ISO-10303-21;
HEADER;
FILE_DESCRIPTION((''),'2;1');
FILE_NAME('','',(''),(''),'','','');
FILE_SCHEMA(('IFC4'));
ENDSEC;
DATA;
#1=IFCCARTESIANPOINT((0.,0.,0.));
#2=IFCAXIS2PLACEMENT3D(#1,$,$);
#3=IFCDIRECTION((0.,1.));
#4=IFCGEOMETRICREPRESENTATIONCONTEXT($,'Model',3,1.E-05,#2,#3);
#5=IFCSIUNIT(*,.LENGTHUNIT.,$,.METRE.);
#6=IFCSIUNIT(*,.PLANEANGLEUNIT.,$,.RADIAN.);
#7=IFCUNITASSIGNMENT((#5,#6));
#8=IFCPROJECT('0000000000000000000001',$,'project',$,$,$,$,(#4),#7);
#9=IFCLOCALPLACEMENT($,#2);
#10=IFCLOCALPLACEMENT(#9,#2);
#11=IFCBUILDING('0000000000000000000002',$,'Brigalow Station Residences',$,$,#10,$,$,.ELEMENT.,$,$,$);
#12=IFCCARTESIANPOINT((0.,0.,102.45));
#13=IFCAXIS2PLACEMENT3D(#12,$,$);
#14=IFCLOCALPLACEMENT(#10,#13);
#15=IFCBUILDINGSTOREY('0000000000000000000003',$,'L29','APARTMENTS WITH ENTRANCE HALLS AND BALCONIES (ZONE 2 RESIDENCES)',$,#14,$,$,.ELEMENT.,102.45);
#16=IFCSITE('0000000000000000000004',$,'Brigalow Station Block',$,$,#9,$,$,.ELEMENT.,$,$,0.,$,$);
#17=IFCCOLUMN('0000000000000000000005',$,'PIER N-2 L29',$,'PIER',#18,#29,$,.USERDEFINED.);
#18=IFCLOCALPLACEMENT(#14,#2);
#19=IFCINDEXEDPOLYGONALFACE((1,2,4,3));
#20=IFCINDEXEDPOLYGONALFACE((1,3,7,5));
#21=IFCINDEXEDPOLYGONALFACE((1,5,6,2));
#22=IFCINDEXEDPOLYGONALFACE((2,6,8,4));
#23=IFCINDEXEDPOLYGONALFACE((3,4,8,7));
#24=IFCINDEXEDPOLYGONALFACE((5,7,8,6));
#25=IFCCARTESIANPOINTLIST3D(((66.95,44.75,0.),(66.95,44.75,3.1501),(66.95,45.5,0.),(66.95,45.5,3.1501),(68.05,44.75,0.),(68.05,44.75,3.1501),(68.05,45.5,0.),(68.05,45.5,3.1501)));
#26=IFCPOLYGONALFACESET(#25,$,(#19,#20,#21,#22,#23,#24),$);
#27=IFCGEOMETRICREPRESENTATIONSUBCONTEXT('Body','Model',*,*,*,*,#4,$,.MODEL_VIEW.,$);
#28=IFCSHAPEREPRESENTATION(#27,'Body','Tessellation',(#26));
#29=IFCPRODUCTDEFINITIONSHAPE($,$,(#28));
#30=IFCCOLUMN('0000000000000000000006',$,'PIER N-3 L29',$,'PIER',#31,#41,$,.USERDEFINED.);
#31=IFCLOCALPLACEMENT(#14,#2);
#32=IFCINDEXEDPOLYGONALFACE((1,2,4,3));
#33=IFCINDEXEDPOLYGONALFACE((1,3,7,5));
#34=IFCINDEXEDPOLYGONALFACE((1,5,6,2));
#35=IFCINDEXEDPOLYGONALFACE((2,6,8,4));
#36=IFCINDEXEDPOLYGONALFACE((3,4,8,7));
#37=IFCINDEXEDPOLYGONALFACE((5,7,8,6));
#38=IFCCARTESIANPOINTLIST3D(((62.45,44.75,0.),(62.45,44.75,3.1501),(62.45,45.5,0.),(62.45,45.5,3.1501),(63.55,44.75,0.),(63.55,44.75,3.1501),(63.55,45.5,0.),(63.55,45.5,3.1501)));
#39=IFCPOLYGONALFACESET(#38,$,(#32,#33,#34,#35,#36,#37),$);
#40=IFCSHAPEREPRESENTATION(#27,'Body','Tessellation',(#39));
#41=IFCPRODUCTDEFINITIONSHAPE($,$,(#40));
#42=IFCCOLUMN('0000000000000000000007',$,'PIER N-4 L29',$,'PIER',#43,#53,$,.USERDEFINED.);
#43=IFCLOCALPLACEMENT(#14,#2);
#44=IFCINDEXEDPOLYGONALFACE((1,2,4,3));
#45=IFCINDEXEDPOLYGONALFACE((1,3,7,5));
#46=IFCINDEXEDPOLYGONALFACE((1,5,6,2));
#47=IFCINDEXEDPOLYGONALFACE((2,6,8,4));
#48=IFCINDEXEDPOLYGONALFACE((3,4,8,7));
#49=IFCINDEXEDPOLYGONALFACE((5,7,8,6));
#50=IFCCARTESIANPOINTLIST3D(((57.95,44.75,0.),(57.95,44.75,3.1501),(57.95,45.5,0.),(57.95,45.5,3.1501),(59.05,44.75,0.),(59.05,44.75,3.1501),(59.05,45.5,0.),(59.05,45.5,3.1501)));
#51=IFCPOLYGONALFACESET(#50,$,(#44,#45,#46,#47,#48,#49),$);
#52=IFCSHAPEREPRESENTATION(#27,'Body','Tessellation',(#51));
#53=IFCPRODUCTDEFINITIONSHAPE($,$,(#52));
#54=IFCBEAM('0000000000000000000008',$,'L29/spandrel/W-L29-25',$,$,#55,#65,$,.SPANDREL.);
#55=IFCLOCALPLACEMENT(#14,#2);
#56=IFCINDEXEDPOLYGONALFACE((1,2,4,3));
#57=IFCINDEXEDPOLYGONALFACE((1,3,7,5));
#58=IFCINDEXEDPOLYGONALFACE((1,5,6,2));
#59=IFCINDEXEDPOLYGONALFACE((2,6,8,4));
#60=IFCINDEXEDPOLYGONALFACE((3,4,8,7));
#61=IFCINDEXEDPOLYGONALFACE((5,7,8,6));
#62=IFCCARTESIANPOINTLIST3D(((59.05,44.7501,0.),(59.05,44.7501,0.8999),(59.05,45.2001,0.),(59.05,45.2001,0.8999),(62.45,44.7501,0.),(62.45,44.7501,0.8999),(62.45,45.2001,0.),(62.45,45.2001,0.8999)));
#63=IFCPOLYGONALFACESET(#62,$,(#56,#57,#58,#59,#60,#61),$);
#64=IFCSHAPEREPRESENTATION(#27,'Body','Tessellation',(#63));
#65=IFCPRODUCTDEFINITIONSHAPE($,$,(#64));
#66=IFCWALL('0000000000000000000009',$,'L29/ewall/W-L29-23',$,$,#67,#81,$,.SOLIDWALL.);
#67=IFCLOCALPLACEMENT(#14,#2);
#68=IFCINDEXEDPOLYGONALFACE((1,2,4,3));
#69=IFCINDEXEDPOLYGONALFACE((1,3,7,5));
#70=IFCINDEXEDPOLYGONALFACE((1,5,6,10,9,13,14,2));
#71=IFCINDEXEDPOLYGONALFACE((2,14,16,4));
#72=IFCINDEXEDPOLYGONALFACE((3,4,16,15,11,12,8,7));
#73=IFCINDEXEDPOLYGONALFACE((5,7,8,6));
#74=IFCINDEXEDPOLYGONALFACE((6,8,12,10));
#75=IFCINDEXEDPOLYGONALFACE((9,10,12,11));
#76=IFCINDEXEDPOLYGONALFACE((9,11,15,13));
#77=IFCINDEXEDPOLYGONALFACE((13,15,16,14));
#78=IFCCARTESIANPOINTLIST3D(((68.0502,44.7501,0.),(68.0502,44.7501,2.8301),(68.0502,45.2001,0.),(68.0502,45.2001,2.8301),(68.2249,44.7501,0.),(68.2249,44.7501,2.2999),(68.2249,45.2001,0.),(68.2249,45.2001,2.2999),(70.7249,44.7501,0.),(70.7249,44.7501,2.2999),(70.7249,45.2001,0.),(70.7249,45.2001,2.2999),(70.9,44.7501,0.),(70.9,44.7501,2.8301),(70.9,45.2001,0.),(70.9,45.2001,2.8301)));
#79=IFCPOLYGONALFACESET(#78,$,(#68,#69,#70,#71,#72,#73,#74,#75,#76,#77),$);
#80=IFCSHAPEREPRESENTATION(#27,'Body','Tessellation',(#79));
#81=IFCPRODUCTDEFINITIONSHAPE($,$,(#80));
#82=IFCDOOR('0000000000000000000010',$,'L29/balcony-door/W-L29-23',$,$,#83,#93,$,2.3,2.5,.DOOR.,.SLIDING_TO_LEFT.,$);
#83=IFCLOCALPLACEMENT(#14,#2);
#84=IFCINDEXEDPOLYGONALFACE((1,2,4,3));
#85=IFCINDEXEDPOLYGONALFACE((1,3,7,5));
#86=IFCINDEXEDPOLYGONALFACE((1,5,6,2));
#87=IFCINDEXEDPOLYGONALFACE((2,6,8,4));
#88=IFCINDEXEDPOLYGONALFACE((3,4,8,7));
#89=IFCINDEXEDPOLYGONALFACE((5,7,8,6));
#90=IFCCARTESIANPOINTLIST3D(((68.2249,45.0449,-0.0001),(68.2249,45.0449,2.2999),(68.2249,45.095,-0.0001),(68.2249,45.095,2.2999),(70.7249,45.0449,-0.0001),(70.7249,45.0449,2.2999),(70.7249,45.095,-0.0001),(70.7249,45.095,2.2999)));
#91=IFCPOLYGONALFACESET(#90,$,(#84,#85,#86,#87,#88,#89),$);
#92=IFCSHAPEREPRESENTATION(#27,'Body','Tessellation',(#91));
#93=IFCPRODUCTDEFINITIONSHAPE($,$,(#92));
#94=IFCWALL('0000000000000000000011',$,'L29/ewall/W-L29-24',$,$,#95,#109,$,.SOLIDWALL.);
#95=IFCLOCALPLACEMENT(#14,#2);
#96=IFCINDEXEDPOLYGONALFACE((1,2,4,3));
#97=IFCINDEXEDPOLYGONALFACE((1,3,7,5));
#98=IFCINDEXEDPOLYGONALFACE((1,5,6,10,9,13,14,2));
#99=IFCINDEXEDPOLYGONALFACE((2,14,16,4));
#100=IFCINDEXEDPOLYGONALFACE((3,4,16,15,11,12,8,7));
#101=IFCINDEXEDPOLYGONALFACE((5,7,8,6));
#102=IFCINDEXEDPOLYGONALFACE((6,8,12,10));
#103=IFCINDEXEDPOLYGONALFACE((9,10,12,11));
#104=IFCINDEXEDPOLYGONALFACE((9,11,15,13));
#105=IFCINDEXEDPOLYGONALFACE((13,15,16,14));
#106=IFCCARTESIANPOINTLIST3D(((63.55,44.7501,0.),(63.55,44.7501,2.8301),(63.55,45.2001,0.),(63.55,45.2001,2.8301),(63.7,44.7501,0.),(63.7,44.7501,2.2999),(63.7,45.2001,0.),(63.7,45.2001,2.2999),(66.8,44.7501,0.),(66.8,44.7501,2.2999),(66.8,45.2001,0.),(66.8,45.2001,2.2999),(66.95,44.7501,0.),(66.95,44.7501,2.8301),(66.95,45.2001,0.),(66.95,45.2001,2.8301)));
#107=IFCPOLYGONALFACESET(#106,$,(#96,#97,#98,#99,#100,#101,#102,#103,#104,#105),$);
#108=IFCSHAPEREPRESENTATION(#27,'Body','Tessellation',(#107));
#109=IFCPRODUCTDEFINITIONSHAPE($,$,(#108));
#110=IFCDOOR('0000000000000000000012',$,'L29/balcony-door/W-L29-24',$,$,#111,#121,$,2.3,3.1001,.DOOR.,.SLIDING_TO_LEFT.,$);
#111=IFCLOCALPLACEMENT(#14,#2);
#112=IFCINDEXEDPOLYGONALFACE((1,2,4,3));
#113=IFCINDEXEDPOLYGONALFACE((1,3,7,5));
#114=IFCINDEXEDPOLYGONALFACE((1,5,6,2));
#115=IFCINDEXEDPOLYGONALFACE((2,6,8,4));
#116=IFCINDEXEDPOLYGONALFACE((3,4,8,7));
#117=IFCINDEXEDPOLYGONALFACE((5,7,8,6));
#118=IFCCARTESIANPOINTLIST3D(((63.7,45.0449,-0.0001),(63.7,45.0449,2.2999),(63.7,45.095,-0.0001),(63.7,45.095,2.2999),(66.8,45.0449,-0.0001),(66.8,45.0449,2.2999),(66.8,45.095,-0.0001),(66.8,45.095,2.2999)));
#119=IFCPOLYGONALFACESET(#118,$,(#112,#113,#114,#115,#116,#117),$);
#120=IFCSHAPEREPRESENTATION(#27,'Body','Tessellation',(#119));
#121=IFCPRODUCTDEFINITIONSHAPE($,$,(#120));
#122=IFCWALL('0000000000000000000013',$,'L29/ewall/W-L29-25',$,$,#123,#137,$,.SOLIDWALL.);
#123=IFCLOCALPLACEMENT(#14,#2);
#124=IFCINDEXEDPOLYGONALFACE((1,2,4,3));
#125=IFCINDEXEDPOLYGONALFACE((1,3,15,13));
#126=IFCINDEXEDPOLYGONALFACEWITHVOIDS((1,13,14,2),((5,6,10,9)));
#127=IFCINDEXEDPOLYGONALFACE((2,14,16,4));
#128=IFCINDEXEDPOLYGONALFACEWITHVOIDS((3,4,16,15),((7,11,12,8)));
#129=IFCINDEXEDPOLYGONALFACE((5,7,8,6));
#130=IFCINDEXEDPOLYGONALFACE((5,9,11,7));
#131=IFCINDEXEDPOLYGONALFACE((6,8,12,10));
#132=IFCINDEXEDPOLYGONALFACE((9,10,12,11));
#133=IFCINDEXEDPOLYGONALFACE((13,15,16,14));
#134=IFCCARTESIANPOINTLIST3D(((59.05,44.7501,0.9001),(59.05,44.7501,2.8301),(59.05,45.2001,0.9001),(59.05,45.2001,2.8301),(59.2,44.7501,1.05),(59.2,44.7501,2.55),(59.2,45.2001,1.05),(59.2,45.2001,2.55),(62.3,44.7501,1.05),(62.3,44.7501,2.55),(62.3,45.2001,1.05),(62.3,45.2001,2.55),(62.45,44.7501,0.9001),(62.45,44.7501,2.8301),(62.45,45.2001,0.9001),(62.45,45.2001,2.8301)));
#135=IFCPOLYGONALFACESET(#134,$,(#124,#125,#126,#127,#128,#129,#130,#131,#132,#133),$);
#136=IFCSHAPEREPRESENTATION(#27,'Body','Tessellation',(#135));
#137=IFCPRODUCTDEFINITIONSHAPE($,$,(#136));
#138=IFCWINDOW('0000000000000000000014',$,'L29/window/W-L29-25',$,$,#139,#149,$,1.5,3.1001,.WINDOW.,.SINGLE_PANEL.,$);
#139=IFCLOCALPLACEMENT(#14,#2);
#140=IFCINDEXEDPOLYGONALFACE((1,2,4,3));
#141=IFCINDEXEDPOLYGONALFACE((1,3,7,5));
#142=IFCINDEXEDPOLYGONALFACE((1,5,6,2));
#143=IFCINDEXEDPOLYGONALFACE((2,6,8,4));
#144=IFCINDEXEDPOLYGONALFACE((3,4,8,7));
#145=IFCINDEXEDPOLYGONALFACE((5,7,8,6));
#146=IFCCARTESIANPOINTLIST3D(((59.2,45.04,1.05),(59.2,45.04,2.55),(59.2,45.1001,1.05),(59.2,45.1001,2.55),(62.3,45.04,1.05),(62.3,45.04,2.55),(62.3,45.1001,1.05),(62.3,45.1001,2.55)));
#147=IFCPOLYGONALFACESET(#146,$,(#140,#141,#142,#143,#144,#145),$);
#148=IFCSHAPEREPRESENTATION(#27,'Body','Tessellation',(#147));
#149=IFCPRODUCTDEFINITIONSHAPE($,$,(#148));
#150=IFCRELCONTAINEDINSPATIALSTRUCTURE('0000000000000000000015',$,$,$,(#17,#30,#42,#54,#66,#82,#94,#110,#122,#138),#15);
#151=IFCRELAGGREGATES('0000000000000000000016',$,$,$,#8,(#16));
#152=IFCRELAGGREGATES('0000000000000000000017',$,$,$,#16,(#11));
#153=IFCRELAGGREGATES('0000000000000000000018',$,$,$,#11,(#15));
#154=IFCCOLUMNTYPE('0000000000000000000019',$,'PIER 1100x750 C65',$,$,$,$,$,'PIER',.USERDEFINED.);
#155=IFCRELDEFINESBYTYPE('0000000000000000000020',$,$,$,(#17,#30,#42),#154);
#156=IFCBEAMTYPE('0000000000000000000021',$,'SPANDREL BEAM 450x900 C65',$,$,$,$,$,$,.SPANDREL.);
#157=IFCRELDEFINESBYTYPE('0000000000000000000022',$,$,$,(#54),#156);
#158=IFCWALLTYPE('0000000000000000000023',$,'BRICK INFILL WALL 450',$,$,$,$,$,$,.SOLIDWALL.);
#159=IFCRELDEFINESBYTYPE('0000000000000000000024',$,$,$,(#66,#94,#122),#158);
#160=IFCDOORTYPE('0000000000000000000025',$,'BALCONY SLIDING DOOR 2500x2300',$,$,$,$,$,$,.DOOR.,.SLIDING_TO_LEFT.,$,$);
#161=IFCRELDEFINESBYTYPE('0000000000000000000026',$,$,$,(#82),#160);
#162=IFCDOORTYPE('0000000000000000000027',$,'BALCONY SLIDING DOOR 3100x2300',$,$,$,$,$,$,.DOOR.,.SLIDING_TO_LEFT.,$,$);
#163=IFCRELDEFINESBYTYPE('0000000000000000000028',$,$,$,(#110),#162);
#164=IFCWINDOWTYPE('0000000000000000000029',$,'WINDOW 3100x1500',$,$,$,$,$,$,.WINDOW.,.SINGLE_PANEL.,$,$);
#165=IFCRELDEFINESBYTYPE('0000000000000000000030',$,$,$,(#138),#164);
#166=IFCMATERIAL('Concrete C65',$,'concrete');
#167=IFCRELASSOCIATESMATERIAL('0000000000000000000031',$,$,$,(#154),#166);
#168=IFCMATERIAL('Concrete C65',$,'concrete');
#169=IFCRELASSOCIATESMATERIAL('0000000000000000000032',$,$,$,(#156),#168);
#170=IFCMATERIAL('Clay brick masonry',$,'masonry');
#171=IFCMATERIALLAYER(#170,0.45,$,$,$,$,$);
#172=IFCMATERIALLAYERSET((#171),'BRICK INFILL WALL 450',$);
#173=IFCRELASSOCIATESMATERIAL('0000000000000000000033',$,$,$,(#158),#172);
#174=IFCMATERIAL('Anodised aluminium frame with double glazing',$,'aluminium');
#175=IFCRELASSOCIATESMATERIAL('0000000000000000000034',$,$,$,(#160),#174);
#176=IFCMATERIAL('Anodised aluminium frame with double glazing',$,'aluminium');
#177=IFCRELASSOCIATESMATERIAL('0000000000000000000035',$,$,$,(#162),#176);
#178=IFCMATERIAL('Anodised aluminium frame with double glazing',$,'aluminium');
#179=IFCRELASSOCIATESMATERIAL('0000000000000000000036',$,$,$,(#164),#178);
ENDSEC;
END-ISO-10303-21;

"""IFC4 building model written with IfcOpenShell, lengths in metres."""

from ifc_helpers import new_model, si_unit, direction, frame, frame_2d, origin, origin_2d, place, context, subcontext, project, spatial, rectangle, extrude, material, layer, layer_set, material_profile, profile_set, type_object, element, fill, save


model = new_model("IFC4")

# Units and contexts
model_context = context("Model", 3, precision=1e-05, world=origin(), true_north=direction((0.0, 1.0)))
body_context = subcontext(model_context, "Body", "Model", "MODEL_VIEW")
ifc_project = project(units=[si_unit("LENGTHUNIT", "METRE"), si_unit("PLANEANGLEUNIT", "RADIAN")], contexts=[model_context])

# Site, building, storey
site_placement = place(None, origin())
site = spatial("IfcSite", under=ifc_project, at=site_placement, Name="Brigalow Station Block", CompositionType="ELEMENT", RefElevation=0.0)
building_placement = place(site_placement, origin())
building = spatial("IfcBuilding", under=site, at=building_placement, Name="Brigalow Station Residences", CompositionType="ELEMENT")
storey_placement = place(building_placement, frame((0.0, 0.0, 102.45)))
storey = spatial("IfcBuildingStorey", under=building, at=storey_placement, Name="L29", Description="APARTMENTS WITH ENTRANCE HALLS AND BALCONIES (ZONE 2 RESIDENCES)", CompositionType="ELEMENT", Elevation=102.45)

# Columns
ifc_material_1 = material(Name="Concrete C65", Category="concrete")
ifc_material_profile_1 = material_profile(ifc_material_1, rectangle(XDim=1.1001, YDim=0.75, at=origin_2d()), Name="RC1100x750")
ifc_profile_set_1 = profile_set([ifc_material_profile_1], Name="Concrete C65")
column_type = type_object("IfcColumnType", Name="PIER 1100x750 C65", ElementType="PIER", PredefinedType="USERDEFINED", material=ifc_profile_set_1)
for number, where, z_axis, x_axis, name in (
    (1, (67.5, 45.125, 0.0), (0.0, 0.0, 1.0), (-1.0, 0.0, 0.0), "PIER N-2 L29"),
    (2, (63.0, 45.125, 0.0), (0.0, 0.0, 1.0), (-1.0, 0.0, 0.0), "PIER N-3 L29"),
    (3, (58.5, 45.125, 0.0), (0.0, 0.0, 1.0), (-1.0, 0.0, 0.0), "PIER N-4 L29"),
):
    element("IfcColumn", number, at=place(storey_placement, frame(where, z_axis=z_axis, x_axis=x_axis)), inside=storey, type_object=column_type, Name=name, ObjectType="PIER", PredefinedType="USERDEFINED", context=body_context, shape_type="SweptSolid", body=[
        extrude(rectangle(XDim=1.1001, YDim=0.75, at=origin_2d()), origin(), (0.0, 0.0, 1.0), 3.1501),
    ])

# Beam
ifc_material_2 = material(Name="Concrete C65", Category="concrete")
ifc_material_profile_2 = material_profile(ifc_material_2, rectangle(XDim=0.45, YDim=0.8999, at=origin_2d()), Name="RC450x900")
ifc_profile_set_2 = profile_set([ifc_material_profile_2], Name="Concrete C65")
beam_type = type_object("IfcBeamType", Name="SPANDREL BEAM 450x900 C65", PredefinedType="SPANDREL", material=ifc_profile_set_2)
beam_placement = place(storey_placement, frame((62.45, 44.9751, 0.45), z_axis=(-1.0, 0.0, 0.0), x_axis=(0.0, -1.0, 0.0)))
element("IfcBeam", 4, at=beam_placement, inside=storey, type_object=beam_type, Name="L29/spandrel/W-L29-25", PredefinedType="SPANDREL", context=body_context, shape_type="SweptSolid", body=[
    extrude(rectangle(XDim=0.45, YDim=0.8999, at=origin_2d()), origin(), (0.0, 0.0, 1.0), 3.3999),
])

# Walls, openings, doors
ifc_material_3 = material(Name="Clay brick masonry", Category="masonry")
ifc_layer_1 = layer(ifc_material_3, 0.45)
ifc_layer_set_1 = layer_set([ifc_layer_1], Name="BRICK INFILL WALL 450")
wall_type_1 = type_object("IfcWallType", Name="BRICK INFILL WALL 450", PredefinedType="SOLIDWALL", material=ifc_layer_set_1)
wall_1_placement = place(storey_placement, frame((70.8999, 44.9751, 0.0), z_axis=(0.0, 0.0, 1.0), x_axis=(-1.0, 0.0, 0.0)))
wall_1 = element("IfcWall", 5, at=wall_1_placement, inside=storey, type_object=wall_type_1, Name="L29/ewall/W-L29-23", PredefinedType="SOLIDWALL", context=body_context, shape_type="SweptSolid", body=[
    extrude(rectangle(XDim=2.8499, YDim=0.45, at=frame_2d((1.4248, 0.0))), origin(), (0.0, 0.0, 1.0), 2.8301),
])
opening_1_placement = place(wall_1_placement, frame((0.175, 0.0, 0.0)))
opening_1 = element("IfcOpeningElement", 6, at=opening_1_placement, cuts=wall_1, PredefinedType="OPENING", context=body_context, shape_type="SweptSolid", body=[
    extrude(rectangle(XDim=2.5, YDim=2.3, at=frame_2d((1.25, 1.1499))), frame((0.0, 0.2349, 0.0), z_axis=(0.0, -1.0, 0.0), x_axis=(1.0, 0.0, 0.0)), (0.0, 0.0, 1.0), 0.47),
])
ifc_material_4 = material(Name="Anodised aluminium frame with double glazing", Category="aluminium")
door_type_1 = type_object("IfcDoorType", Name="BALCONY SLIDING DOOR 2500x2300", OperationType="SLIDING_TO_LEFT", PredefinedType="DOOR", material=ifc_material_4)
door_1_placement = place(opening_1_placement, origin())
door_1 = element("IfcDoor", 7, at=door_1_placement, inside=storey, type_object=door_type_1, Name="L29/balcony-door/W-L29-23", OperationType="SLIDING_TO_LEFT", OverallHeight=2.3, OverallWidth=2.5, PredefinedType="DOOR", context=body_context, shape_type="SweptSolid", body=[
    extrude(rectangle(XDim=2.5, YDim=2.3, at=frame_2d((1.25, 1.1499))), frame((0.0, -0.0698, 0.0), z_axis=(0.0, -1.0, 0.0), x_axis=(1.0, 0.0, 0.0)), (0.0, 0.0, 1.0), 0.05),
])
fill(opening_1, door_1)
wall_2_placement = place(storey_placement, frame((66.95, 44.9751, 0.0), z_axis=(0.0, 0.0, 1.0), x_axis=(-1.0, 0.0, 0.0)))
wall_2 = element("IfcWall", 8, at=wall_2_placement, inside=storey, type_object=wall_type_1, Name="L29/ewall/W-L29-24", PredefinedType="SOLIDWALL", context=body_context, shape_type="SweptSolid", body=[
    extrude(rectangle(XDim=3.3999, YDim=0.45, at=frame_2d((1.7, 0.0))), origin(), (0.0, 0.0, 1.0), 2.8301),
])
opening_2_placement = place(wall_2_placement, frame((0.1499, 0.0, 0.0)))
opening_2 = element("IfcOpeningElement", 9, at=opening_2_placement, cuts=wall_2, PredefinedType="OPENING", context=body_context, shape_type="SweptSolid", body=[
    extrude(rectangle(XDim=3.1001, YDim=2.3, at=frame_2d((1.55, 1.1499))), frame((0.0, 0.2349, 0.0), z_axis=(0.0, -1.0, 0.0), x_axis=(1.0, 0.0, 0.0)), (0.0, 0.0, 1.0), 0.47),
])
ifc_material_5 = material(Name="Anodised aluminium frame with double glazing", Category="aluminium")
door_type_2 = type_object("IfcDoorType", Name="BALCONY SLIDING DOOR 3100x2300", OperationType="SLIDING_TO_LEFT", PredefinedType="DOOR", material=ifc_material_5)
door_2_placement = place(opening_2_placement, origin())
door_2 = element("IfcDoor", 10, at=door_2_placement, inside=storey, type_object=door_type_2, Name="L29/balcony-door/W-L29-24", OperationType="SLIDING_TO_LEFT", OverallHeight=2.3, OverallWidth=3.1001, PredefinedType="DOOR", context=body_context, shape_type="SweptSolid", body=[
    extrude(rectangle(XDim=3.1001, YDim=2.3, at=frame_2d((1.55, 1.1499))), frame((0.0, -0.0698, 0.0), z_axis=(0.0, -1.0, 0.0), x_axis=(1.0, 0.0, 0.0)), (0.0, 0.0, 1.0), 0.05),
])
fill(opening_2, door_2)

# Wall, opening, window
wall_3_placement = place(storey_placement, frame((62.45, 44.9751, 0.9001), z_axis=(0.0, 0.0, 1.0), x_axis=(-1.0, 0.0, 0.0)))
wall_3 = element("IfcWall", 11, at=wall_3_placement, inside=storey, type_object=wall_type_1, Name="L29/ewall/W-L29-25", PredefinedType="SOLIDWALL", context=body_context, shape_type="SweptSolid", body=[
    extrude(rectangle(XDim=3.3999, YDim=0.45, at=frame_2d((1.7, 0.0))), origin(), (0.0, 0.0, 1.0), 1.9299),
])
opening_3_placement = place(wall_3_placement, frame((0.1499, 0.0, 0.1499)))
opening_3 = element("IfcOpeningElement", 12, at=opening_3_placement, cuts=wall_3, PredefinedType="OPENING", context=body_context, shape_type="SweptSolid", body=[
    extrude(rectangle(XDim=3.1001, YDim=1.5, at=frame_2d((1.55, 0.75))), frame((0.0, 0.2349, 0.0), z_axis=(0.0, -1.0, 0.0), x_axis=(1.0, 0.0, 0.0)), (0.0, 0.0, 1.0), 0.47),
])
ifc_material_6 = material(Name="Anodised aluminium frame with double glazing", Category="aluminium")
window_type = type_object("IfcWindowType", Name="WINDOW 3100x1500", PartitioningType="SINGLE_PANEL", PredefinedType="WINDOW", material=ifc_material_6)
window_placement = place(opening_3_placement, origin())
window = element("IfcWindow", 13, at=window_placement, inside=storey, type_object=window_type, Name="L29/window/W-L29-25", OverallHeight=1.5, OverallWidth=3.1001, PartitioningType="SINGLE_PANEL", PredefinedType="WINDOW", context=body_context, shape_type="SweptSolid", body=[
    extrude(rectangle(XDim=3.1001, YDim=1.5, at=frame_2d((1.55, 0.75))), frame((0.0, -0.0649, 0.0), z_axis=(0.0, -1.0, 0.0), x_axis=(1.0, 0.0, 0.0)), (0.0, 0.0, 1.0), 0.0601),
])
fill(opening_3, window)

save(model, "model.ifc")
